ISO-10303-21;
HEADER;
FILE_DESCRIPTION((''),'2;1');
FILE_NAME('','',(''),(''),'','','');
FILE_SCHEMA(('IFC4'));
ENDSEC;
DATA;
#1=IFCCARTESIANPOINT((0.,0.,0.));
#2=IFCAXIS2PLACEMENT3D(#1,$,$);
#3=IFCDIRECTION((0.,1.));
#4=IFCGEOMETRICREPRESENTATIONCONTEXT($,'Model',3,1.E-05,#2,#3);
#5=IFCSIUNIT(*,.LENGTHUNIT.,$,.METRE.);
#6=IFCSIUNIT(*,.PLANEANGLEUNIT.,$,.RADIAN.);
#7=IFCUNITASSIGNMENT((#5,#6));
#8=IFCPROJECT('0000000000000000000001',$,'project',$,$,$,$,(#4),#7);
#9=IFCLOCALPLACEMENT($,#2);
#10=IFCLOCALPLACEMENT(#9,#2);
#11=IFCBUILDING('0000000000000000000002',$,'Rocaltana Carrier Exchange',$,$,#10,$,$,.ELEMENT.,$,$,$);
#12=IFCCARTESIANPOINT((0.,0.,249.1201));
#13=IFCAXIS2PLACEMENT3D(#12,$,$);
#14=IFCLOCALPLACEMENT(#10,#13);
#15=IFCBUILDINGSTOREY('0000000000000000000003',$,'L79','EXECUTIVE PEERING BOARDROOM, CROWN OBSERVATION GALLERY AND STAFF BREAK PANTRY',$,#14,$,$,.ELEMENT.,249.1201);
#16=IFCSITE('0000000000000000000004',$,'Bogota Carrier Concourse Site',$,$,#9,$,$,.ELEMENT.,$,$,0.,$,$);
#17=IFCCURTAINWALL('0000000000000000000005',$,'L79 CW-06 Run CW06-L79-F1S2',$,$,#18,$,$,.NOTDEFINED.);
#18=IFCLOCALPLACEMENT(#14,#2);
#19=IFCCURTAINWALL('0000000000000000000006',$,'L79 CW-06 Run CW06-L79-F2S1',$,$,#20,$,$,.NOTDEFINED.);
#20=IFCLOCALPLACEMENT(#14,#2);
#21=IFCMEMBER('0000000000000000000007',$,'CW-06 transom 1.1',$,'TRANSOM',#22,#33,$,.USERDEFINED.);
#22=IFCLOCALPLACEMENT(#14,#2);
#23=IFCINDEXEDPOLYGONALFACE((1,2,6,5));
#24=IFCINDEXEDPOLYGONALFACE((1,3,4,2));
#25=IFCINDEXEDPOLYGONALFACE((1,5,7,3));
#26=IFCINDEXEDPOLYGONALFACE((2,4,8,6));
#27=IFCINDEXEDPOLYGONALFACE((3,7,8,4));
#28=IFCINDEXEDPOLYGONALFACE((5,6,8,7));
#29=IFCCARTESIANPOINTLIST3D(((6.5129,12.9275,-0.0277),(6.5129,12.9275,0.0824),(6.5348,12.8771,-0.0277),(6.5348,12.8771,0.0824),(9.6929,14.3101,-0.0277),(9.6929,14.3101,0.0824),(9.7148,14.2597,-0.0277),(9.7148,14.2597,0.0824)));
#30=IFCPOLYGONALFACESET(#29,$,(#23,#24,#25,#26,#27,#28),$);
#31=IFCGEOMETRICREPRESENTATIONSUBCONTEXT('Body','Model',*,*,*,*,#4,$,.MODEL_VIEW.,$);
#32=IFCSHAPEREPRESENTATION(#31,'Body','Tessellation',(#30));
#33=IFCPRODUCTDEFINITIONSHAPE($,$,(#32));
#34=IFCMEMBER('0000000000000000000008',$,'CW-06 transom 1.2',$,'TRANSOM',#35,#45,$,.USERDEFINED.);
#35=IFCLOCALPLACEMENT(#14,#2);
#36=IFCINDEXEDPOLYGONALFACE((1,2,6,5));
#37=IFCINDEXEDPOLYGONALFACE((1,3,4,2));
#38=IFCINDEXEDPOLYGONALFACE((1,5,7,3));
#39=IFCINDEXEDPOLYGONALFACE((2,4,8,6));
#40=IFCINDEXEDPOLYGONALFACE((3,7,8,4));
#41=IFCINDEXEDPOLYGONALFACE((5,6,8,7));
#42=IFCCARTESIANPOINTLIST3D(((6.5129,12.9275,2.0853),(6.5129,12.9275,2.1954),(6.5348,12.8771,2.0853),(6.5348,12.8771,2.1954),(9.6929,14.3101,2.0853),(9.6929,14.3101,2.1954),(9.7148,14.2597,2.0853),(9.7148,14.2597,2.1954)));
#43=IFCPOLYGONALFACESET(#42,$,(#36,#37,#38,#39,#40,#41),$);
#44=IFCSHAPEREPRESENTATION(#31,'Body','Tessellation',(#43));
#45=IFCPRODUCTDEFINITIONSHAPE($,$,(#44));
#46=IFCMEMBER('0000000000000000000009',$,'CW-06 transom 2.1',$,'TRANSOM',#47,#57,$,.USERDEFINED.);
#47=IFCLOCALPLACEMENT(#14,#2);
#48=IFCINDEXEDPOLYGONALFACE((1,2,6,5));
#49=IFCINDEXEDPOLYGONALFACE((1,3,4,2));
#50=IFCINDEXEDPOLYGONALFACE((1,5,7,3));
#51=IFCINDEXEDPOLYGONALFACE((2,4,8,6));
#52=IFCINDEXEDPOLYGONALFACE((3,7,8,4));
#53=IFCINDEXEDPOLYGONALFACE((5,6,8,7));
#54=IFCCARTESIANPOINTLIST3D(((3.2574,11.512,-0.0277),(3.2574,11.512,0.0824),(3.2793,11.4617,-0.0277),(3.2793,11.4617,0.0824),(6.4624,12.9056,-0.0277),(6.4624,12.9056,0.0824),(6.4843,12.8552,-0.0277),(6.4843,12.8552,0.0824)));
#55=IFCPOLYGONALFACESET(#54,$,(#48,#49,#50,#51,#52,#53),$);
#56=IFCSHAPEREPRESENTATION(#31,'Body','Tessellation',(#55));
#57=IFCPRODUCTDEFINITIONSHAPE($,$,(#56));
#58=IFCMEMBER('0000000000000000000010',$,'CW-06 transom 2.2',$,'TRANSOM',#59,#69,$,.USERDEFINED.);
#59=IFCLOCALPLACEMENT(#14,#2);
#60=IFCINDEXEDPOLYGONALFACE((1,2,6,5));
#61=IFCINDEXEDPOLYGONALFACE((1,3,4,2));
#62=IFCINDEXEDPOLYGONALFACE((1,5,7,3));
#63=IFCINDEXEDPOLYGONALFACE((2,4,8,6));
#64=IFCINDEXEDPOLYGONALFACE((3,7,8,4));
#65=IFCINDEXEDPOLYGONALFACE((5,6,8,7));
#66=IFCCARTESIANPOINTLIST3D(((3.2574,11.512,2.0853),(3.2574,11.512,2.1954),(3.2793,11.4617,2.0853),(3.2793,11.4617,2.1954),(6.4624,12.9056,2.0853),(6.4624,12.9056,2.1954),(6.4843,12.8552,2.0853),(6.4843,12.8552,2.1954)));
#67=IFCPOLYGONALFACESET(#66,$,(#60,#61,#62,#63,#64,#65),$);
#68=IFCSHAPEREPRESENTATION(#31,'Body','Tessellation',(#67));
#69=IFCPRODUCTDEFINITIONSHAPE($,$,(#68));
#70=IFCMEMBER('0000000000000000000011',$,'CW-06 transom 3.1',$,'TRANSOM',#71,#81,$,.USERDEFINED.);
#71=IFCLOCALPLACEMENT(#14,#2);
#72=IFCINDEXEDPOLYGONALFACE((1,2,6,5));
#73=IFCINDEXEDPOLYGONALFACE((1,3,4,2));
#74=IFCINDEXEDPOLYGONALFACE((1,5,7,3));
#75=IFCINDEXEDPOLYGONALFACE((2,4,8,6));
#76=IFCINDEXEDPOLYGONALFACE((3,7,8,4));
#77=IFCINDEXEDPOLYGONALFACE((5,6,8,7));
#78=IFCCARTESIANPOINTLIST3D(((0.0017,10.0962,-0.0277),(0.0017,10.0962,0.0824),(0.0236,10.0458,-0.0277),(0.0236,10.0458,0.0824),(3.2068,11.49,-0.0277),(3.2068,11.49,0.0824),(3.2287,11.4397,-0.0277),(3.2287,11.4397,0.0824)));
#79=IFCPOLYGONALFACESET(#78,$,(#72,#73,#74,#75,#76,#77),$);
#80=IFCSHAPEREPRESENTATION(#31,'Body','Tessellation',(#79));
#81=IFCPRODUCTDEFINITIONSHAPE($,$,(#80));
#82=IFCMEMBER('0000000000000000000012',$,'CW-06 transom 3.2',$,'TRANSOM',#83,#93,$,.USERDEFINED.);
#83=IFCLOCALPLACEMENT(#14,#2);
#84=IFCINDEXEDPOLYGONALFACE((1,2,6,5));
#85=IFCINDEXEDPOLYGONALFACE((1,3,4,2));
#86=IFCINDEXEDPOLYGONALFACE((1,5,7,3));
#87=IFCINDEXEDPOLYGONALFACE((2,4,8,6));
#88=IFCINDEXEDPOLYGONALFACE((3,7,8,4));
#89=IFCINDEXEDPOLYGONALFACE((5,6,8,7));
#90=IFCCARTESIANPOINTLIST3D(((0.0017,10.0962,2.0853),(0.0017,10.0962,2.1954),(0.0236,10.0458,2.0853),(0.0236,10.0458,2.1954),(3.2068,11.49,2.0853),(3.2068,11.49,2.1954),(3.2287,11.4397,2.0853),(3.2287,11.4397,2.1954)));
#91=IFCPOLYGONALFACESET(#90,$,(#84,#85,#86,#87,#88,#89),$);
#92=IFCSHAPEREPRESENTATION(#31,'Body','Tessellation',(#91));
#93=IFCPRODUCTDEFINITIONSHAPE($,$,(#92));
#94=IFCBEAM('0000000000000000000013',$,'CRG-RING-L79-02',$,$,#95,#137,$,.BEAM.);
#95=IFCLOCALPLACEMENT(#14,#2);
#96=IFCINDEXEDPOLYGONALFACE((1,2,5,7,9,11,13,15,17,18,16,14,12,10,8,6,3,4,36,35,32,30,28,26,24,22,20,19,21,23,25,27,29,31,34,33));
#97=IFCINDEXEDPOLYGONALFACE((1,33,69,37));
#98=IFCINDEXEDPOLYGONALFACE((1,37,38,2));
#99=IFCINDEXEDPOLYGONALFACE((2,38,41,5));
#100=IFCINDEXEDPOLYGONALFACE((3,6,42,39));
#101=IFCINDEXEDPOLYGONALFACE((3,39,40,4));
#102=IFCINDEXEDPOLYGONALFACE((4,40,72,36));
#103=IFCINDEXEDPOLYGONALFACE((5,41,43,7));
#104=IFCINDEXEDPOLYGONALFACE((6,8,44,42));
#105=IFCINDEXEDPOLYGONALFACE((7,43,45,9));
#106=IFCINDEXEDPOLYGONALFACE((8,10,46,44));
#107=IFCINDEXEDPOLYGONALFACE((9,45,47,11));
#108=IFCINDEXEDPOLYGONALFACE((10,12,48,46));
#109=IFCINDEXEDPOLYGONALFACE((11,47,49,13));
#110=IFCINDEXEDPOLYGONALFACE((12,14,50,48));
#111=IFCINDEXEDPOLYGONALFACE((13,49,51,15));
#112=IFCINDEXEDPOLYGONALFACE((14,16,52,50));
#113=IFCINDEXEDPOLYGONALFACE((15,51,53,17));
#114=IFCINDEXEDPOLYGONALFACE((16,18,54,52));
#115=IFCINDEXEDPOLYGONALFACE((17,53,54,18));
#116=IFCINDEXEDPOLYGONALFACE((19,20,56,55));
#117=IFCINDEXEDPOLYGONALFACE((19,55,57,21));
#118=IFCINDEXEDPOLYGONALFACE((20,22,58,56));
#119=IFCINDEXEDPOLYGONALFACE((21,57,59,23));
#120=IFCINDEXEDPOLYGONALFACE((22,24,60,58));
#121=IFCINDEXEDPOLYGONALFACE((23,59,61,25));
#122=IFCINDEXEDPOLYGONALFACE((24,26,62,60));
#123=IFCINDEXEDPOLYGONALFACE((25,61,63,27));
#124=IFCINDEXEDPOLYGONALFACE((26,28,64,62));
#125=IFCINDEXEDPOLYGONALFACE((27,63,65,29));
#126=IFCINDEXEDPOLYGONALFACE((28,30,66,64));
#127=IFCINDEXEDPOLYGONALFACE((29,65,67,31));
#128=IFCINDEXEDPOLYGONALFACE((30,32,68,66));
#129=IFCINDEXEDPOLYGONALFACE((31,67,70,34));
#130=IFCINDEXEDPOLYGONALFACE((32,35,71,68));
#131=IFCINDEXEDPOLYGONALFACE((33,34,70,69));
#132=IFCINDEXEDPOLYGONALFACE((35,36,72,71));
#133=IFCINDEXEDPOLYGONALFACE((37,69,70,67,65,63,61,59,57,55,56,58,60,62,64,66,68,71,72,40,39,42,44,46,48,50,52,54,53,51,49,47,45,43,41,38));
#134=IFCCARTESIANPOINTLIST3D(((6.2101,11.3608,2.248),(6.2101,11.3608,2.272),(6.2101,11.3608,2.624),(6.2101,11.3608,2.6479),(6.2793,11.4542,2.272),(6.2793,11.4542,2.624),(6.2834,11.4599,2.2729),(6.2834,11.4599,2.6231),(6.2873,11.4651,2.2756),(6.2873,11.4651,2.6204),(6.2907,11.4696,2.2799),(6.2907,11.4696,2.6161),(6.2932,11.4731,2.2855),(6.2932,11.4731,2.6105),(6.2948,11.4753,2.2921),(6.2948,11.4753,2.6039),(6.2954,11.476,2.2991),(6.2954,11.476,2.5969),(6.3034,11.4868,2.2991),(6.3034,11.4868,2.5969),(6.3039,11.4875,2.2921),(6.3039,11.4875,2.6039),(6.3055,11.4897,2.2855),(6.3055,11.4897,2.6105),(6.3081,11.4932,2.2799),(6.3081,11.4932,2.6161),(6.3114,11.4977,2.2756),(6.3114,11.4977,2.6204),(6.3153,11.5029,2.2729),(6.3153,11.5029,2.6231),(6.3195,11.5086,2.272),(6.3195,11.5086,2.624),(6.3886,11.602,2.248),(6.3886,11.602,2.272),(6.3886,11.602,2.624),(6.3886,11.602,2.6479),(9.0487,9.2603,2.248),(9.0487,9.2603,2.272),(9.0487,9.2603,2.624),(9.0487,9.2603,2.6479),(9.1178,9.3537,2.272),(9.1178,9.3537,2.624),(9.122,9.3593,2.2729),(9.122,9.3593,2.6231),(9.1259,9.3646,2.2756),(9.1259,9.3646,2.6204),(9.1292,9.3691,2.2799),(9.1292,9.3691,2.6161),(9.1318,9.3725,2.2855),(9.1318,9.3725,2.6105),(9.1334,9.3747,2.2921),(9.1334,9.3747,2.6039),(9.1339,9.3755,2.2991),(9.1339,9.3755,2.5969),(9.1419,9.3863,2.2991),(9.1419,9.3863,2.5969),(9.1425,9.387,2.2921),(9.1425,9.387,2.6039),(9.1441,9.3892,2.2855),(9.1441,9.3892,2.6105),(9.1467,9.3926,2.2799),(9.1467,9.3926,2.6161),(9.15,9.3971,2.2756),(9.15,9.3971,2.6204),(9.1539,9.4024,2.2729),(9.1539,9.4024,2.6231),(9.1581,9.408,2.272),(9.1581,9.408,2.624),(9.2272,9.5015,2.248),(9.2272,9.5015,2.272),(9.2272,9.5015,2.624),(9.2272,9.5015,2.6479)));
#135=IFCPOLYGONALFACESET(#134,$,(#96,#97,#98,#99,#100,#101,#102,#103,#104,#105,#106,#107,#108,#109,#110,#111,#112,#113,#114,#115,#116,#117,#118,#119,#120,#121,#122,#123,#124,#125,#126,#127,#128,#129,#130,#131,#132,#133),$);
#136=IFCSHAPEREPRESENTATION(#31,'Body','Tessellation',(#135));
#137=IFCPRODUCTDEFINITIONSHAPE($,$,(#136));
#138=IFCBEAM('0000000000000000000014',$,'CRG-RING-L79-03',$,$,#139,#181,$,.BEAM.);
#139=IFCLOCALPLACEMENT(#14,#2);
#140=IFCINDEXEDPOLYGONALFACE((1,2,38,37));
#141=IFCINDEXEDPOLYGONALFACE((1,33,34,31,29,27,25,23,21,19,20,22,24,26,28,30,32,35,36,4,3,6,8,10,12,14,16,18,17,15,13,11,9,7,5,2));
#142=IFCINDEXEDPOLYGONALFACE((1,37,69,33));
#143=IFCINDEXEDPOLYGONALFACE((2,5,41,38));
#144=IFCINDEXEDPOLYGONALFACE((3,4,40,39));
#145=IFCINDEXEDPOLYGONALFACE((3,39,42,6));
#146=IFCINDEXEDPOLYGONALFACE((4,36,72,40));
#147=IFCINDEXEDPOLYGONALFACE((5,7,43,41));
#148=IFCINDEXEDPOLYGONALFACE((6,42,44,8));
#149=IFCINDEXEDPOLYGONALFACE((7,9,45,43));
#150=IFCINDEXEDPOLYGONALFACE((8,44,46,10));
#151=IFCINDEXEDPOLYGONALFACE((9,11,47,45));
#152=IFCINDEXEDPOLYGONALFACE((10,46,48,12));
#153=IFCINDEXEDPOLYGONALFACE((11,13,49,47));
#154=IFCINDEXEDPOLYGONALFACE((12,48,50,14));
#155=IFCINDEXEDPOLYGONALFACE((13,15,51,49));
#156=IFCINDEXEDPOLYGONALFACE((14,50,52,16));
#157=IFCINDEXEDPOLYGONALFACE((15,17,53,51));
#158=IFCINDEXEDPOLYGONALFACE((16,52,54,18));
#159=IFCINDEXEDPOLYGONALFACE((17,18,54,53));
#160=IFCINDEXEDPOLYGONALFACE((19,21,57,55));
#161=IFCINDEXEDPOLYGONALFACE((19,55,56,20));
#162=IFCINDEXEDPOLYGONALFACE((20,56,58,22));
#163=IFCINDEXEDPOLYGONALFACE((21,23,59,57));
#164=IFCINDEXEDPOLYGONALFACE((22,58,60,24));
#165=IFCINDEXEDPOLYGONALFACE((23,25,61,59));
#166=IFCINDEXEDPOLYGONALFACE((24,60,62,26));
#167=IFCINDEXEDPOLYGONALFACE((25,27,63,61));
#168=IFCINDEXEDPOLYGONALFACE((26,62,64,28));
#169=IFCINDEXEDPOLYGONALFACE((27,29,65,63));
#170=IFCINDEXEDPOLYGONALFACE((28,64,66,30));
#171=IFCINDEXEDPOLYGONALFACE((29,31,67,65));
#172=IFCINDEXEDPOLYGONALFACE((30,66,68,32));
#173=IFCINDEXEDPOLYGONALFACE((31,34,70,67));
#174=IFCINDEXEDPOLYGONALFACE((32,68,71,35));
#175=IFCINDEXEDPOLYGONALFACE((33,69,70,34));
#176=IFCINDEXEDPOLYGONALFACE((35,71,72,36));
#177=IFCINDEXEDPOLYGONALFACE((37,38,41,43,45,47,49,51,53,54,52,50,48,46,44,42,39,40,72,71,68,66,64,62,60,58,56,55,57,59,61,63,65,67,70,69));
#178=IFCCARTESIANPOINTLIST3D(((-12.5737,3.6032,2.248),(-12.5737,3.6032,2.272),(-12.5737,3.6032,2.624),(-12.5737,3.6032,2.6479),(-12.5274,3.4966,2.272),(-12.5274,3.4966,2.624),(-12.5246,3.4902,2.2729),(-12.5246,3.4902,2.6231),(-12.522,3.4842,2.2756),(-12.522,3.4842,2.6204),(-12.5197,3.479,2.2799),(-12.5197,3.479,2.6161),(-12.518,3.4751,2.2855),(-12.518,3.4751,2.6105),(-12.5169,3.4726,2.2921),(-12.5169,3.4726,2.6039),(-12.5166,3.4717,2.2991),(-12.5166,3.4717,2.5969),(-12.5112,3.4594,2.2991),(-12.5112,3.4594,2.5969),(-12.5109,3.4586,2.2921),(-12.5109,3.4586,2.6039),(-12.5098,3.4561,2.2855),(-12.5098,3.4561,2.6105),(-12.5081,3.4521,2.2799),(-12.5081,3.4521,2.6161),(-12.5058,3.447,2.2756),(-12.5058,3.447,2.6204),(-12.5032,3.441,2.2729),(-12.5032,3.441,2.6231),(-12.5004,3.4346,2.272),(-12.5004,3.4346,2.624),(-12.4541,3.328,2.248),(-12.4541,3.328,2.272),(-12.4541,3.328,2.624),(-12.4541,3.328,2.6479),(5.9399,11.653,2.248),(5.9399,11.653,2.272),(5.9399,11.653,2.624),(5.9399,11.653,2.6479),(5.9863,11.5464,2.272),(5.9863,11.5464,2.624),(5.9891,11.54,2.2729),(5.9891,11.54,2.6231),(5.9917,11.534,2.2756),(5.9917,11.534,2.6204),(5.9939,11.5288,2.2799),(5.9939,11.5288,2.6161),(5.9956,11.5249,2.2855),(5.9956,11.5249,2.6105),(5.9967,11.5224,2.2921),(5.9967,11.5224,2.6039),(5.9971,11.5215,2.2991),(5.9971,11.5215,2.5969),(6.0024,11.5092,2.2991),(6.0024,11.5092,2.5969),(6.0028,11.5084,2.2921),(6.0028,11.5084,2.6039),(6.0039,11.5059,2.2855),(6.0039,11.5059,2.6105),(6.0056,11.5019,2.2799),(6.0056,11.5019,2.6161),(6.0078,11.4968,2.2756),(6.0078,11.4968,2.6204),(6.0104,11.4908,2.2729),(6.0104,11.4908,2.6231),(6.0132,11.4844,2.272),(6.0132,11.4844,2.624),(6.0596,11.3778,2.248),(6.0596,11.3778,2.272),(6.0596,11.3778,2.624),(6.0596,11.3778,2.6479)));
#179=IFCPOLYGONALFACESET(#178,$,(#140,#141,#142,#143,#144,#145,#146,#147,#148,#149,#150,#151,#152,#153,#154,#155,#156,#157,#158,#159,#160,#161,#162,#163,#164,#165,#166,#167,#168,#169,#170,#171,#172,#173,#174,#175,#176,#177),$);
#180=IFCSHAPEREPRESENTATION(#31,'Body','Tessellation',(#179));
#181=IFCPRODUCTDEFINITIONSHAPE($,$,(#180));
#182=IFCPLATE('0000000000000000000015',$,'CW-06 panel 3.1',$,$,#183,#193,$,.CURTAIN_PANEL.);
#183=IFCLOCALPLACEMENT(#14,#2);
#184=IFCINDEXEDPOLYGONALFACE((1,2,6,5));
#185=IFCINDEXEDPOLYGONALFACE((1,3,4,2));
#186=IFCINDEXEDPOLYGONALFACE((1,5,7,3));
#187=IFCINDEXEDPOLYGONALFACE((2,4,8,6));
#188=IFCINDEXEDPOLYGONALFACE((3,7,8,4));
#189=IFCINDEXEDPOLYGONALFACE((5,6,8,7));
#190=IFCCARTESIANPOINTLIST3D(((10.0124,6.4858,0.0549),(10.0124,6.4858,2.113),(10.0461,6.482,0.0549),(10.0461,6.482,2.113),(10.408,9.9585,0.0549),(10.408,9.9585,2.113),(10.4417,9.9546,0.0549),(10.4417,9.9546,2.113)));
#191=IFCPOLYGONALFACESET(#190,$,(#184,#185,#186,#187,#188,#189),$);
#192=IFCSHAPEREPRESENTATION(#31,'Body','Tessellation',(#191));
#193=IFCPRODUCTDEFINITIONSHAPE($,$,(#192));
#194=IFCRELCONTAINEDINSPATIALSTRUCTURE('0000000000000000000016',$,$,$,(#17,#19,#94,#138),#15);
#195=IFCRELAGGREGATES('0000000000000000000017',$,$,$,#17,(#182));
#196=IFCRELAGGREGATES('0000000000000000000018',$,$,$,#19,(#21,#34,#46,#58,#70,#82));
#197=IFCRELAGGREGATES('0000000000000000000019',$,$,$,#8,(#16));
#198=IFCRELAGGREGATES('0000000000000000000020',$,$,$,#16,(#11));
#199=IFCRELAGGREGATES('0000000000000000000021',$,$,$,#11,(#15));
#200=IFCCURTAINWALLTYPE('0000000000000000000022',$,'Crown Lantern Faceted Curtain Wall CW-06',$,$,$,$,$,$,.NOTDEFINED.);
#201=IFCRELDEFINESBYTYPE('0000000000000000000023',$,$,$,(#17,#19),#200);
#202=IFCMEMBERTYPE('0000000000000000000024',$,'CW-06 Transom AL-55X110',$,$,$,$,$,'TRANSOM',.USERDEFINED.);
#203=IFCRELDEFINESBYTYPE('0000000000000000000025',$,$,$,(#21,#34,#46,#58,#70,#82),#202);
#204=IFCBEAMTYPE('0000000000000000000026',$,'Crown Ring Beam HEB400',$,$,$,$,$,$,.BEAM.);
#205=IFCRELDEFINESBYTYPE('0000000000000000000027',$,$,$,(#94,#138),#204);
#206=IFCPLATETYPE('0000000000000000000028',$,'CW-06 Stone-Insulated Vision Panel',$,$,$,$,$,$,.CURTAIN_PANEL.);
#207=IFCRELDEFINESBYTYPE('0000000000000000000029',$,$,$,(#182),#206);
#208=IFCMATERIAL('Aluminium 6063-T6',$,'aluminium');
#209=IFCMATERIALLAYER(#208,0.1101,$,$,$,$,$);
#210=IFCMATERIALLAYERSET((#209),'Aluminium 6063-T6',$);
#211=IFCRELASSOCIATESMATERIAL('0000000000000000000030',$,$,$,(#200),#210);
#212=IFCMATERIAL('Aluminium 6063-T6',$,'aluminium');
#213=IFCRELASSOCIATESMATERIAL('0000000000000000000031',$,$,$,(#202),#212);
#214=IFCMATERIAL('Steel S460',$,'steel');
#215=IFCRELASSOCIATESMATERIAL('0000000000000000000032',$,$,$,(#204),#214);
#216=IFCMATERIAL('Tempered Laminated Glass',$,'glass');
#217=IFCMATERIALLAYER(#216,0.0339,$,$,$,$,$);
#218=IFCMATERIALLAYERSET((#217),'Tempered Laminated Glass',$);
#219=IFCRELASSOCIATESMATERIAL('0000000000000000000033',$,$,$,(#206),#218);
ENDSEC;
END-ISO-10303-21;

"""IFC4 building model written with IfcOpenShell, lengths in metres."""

from ifc_helpers import new_model, si_unit, direction, frame, origin, origin_2d, place, context, subcontext, project, spatial, rectangle, i_section, extrude, material, layer, layer_set, material_profile, profile_set, type_object, element, aggregate, save


model = new_model("IFC4")

# Units and contexts
model_context = context("Model", 3, precision=1e-05, world=origin(), true_north=direction((0.0, 1.0)))
body_context = subcontext(model_context, "Body", "Model", "MODEL_VIEW")
ifc_project = project(units=[si_unit("LENGTHUNIT", "METRE"), si_unit("PLANEANGLEUNIT", "RADIAN")], contexts=[model_context])

# Site, building, storey
site_placement = place(None, origin())
site = spatial("IfcSite", under=ifc_project, at=site_placement, Name="Bogota Carrier Concourse Site", CompositionType="ELEMENT", RefElevation=0.0)
building_placement = place(site_placement, origin())
building = spatial("IfcBuilding", under=site, at=building_placement, Name="Rocaltana Carrier Exchange", CompositionType="ELEMENT")
storey_placement = place(building_placement, frame((0.0, 0.0, 249.1201)))
storey = spatial("IfcBuildingStorey", under=building, at=storey_placement, Name="L79", Description="EXECUTIVE PEERING BOARDROOM, CROWN OBSERVATION GALLERY AND STAFF BREAK PANTRY", CompositionType="ELEMENT", Elevation=249.1201)

# Curtain walls
ifc_material_1 = material(Name="Aluminium 6063-T6", Category="aluminium")
ifc_layer_1 = layer(ifc_material_1, 0.1101)
ifc_layer_set_1 = layer_set([ifc_layer_1], Name="Aluminium 6063-T6")
curtain_wall_type = type_object("IfcCurtainWallType", Name="Crown Lantern Faceted Curtain Wall CW-06", PredefinedType="NOTDEFINED", material=ifc_layer_set_1)
curtain_wall_1_placement = place(storey_placement, origin())
curtain_wall_1 = element("IfcCurtainWall", 1, at=curtain_wall_1_placement, inside=storey, type_object=curtain_wall_type, Name="L79 CW-06 Run CW06-L79-F1S2", PredefinedType="NOTDEFINED")
curtain_wall_2_placement = place(storey_placement, origin())
curtain_wall_2 = element("IfcCurtainWall", 2, at=curtain_wall_2_placement, inside=storey, type_object=curtain_wall_type, Name="L79 CW-06 Run CW06-L79-F2S1", PredefinedType="NOTDEFINED")

# Members
ifc_material_2 = material(Name="Aluminium 6063-T6", Category="aluminium")
ifc_material_profile_1 = material_profile(ifc_material_2, rectangle(XDim=0.0549, YDim=0.1101, at=origin_2d()), Name="AL-55X110")
ifc_profile_set_1 = profile_set([ifc_material_profile_1], Name="Aluminium 6063-T6")
member_type_1 = type_object("IfcMemberType", Name="CW-06 Transom AL-55X110", ElementType="TRANSOM", PredefinedType="USERDEFINED", material=ifc_profile_set_1)
member_1_placement = place(storey_placement, frame((9.7039, 14.2849, 0.0273), z_axis=(-0.917071, -0.398724, 0.0), x_axis=(0.398724, -0.917071, 0.0)))
member_1 = element("IfcMember", 3, at=member_1_placement, type_object=member_type_1, Name="CW-06 transom 1.1", ObjectType="TRANSOM", PredefinedType="USERDEFINED", context=body_context, shape_type="SweptSolid", body=[
    extrude(rectangle(XDim=0.0549, YDim=0.1101, at=origin_2d()), origin(), (0.0, 0.0, 1.0), 3.4675),
])
member_2_placement = place(storey_placement, frame((9.7039, 14.2849, 2.1404), z_axis=(-0.917071, -0.398724, 0.0), x_axis=(0.398724, -0.917071, 0.0)))
member_2 = element("IfcMember", 4, at=member_2_placement, type_object=member_type_1, Name="CW-06 transom 1.2", ObjectType="TRANSOM", PredefinedType="USERDEFINED", context=body_context, shape_type="SweptSolid", body=[
    extrude(rectangle(XDim=0.0549, YDim=0.1101, at=origin_2d()), origin(), (0.0, 0.0, 1.0), 3.4675),
])
member_3_placement = place(storey_placement, frame((6.4734, 12.8804, 0.0273), z_axis=(-0.917066, -0.398736, 0.0), x_axis=(0.398736, -0.917066, 0.0)))
member_3 = element("IfcMember", 5, at=member_3_placement, type_object=member_type_1, Name="CW-06 transom 2.1", ObjectType="TRANSOM", PredefinedType="USERDEFINED", context=body_context, shape_type="SweptSolid", body=[
    extrude(rectangle(XDim=0.0549, YDim=0.1101, at=origin_2d()), origin(), (0.0, 0.0, 1.0), 3.4949),
])
member_4_placement = place(storey_placement, frame((6.4734, 12.8804, 2.1404), z_axis=(-0.917066, -0.398736, 0.0), x_axis=(0.398736, -0.917066, 0.0)))
member_4 = element("IfcMember", 6, at=member_4_placement, type_object=member_type_1, Name="CW-06 transom 2.2", ObjectType="TRANSOM", PredefinedType="USERDEFINED", context=body_context, shape_type="SweptSolid", body=[
    extrude(rectangle(XDim=0.0549, YDim=0.1101, at=origin_2d()), origin(), (0.0, 0.0, 1.0), 3.4949),
])
member_5_placement = place(storey_placement, frame((3.2178, 11.4648, 0.0273), z_axis=(-0.91704, -0.398795, 0.0), x_axis=(0.398795, -0.91704, 0.0)))
member_5 = element("IfcMember", 7, at=member_5_placement, type_object=member_type_1, Name="CW-06 transom 3.1", ObjectType="TRANSOM", PredefinedType="USERDEFINED", context=body_context, shape_type="SweptSolid", body=[
    extrude(rectangle(XDim=0.0549, YDim=0.1101, at=origin_2d()), origin(), (0.0, 0.0, 1.0), 3.4951),
])
member_6_placement = place(storey_placement, frame((3.2178, 11.4648, 2.1404), z_axis=(-0.91704, -0.398795, 0.0), x_axis=(0.398795, -0.91704, 0.0)))
member_6 = element("IfcMember", 8, at=member_6_placement, type_object=member_type_1, Name="CW-06 transom 3.2", ObjectType="TRANSOM", PredefinedType="USERDEFINED", context=body_context, shape_type="SweptSolid", body=[
    extrude(rectangle(XDim=0.0549, YDim=0.1101, at=origin_2d()), origin(), (0.0, 0.0, 1.0), 3.4951),
])

# Beams
ifc_material_3 = material(Name="Steel S460", Category="steel")
ifc_material_profile_2 = material_profile(ifc_material_3, i_section(OverallWidth=0.3, OverallDepth=0.3999, WebThickness=0.0134, FlangeThickness=0.0239, FilletRadius=0.0271, at=origin_2d()), Name="HEB400")
ifc_profile_set_2 = profile_set([ifc_material_profile_2], Name="Steel S460")
beam_type = type_object("IfcBeamType", Name="Crown Ring Beam HEB400", PredefinedType="BEAM", material=ifc_profile_set_2)
beam_1_placement = place(storey_placement, frame((9.1379, 9.3809, 2.448), z_axis=(-0.803841, 0.594844, 0.0), x_axis=(-0.594844, -0.803841, 0.0)))
element("IfcBeam", 9, at=beam_1_placement, inside=storey, type_object=beam_type, Name="CRG-RING-L79-02", PredefinedType="BEAM", context=body_context, shape_type="SweptSolid", body=[
    extrude(i_section(OverallWidth=0.3, OverallDepth=0.3999, WebThickness=0.0134, FlangeThickness=0.0239, FilletRadius=0.0271, at=origin_2d()), origin(), (0.0, 0.0, 1.0), 3.5312),
])
beam_2_placement = place(storey_placement, frame((5.9998, 11.5154, 2.448), z_axis=(-0.917063, -0.398742, 0.0), x_axis=(0.398742, -0.917063, 0.0)))
element("IfcBeam", 10, at=beam_2_placement, inside=storey, type_object=beam_type, Name="CRG-RING-L79-03", PredefinedType="BEAM", context=body_context, shape_type="SweptSolid", body=[
    extrude(i_section(OverallWidth=0.3, OverallDepth=0.3999, WebThickness=0.0134, FlangeThickness=0.0239, FilletRadius=0.0271, at=origin_2d()), origin(), (0.0, 0.0, 1.0), 20.188),
])

# Plate
ifc_material_4 = material(Name="Tempered Laminated Glass", Category="glass")
ifc_layer_2 = layer(ifc_material_4, 0.0339)
ifc_layer_set_2 = layer_set([ifc_layer_2], Name="Tempered Laminated Glass")
plate_type = type_object("IfcPlateType", Name="CW-06 Stone-Insulated Vision Panel", PredefinedType="CURTAIN_PANEL", material=ifc_layer_set_2)
plate_1_placement = place(storey_placement, frame((10.2271, 8.2202, 0.0549), z_axis=(0.0, 0.0, 1.0), x_axis=(0.113204, 0.993572, 0.0)))
plate_1 = element("IfcPlate", 11, at=plate_1_placement, type_object=plate_type, Name="CW-06 panel 3.1", PredefinedType="CURTAIN_PANEL", context=body_context, shape_type="SweptSolid", body=[
    extrude(rectangle(XDim=3.4951, YDim=0.0339, at=origin_2d()), origin(), (0.0, 0.0, 1.0), 2.0581),
])
aggregate(curtain_wall_1, [plate_1])
aggregate(curtain_wall_2, [member_1, member_2, member_3, member_4, member_5, member_6])

save(model, "model.ifc")
